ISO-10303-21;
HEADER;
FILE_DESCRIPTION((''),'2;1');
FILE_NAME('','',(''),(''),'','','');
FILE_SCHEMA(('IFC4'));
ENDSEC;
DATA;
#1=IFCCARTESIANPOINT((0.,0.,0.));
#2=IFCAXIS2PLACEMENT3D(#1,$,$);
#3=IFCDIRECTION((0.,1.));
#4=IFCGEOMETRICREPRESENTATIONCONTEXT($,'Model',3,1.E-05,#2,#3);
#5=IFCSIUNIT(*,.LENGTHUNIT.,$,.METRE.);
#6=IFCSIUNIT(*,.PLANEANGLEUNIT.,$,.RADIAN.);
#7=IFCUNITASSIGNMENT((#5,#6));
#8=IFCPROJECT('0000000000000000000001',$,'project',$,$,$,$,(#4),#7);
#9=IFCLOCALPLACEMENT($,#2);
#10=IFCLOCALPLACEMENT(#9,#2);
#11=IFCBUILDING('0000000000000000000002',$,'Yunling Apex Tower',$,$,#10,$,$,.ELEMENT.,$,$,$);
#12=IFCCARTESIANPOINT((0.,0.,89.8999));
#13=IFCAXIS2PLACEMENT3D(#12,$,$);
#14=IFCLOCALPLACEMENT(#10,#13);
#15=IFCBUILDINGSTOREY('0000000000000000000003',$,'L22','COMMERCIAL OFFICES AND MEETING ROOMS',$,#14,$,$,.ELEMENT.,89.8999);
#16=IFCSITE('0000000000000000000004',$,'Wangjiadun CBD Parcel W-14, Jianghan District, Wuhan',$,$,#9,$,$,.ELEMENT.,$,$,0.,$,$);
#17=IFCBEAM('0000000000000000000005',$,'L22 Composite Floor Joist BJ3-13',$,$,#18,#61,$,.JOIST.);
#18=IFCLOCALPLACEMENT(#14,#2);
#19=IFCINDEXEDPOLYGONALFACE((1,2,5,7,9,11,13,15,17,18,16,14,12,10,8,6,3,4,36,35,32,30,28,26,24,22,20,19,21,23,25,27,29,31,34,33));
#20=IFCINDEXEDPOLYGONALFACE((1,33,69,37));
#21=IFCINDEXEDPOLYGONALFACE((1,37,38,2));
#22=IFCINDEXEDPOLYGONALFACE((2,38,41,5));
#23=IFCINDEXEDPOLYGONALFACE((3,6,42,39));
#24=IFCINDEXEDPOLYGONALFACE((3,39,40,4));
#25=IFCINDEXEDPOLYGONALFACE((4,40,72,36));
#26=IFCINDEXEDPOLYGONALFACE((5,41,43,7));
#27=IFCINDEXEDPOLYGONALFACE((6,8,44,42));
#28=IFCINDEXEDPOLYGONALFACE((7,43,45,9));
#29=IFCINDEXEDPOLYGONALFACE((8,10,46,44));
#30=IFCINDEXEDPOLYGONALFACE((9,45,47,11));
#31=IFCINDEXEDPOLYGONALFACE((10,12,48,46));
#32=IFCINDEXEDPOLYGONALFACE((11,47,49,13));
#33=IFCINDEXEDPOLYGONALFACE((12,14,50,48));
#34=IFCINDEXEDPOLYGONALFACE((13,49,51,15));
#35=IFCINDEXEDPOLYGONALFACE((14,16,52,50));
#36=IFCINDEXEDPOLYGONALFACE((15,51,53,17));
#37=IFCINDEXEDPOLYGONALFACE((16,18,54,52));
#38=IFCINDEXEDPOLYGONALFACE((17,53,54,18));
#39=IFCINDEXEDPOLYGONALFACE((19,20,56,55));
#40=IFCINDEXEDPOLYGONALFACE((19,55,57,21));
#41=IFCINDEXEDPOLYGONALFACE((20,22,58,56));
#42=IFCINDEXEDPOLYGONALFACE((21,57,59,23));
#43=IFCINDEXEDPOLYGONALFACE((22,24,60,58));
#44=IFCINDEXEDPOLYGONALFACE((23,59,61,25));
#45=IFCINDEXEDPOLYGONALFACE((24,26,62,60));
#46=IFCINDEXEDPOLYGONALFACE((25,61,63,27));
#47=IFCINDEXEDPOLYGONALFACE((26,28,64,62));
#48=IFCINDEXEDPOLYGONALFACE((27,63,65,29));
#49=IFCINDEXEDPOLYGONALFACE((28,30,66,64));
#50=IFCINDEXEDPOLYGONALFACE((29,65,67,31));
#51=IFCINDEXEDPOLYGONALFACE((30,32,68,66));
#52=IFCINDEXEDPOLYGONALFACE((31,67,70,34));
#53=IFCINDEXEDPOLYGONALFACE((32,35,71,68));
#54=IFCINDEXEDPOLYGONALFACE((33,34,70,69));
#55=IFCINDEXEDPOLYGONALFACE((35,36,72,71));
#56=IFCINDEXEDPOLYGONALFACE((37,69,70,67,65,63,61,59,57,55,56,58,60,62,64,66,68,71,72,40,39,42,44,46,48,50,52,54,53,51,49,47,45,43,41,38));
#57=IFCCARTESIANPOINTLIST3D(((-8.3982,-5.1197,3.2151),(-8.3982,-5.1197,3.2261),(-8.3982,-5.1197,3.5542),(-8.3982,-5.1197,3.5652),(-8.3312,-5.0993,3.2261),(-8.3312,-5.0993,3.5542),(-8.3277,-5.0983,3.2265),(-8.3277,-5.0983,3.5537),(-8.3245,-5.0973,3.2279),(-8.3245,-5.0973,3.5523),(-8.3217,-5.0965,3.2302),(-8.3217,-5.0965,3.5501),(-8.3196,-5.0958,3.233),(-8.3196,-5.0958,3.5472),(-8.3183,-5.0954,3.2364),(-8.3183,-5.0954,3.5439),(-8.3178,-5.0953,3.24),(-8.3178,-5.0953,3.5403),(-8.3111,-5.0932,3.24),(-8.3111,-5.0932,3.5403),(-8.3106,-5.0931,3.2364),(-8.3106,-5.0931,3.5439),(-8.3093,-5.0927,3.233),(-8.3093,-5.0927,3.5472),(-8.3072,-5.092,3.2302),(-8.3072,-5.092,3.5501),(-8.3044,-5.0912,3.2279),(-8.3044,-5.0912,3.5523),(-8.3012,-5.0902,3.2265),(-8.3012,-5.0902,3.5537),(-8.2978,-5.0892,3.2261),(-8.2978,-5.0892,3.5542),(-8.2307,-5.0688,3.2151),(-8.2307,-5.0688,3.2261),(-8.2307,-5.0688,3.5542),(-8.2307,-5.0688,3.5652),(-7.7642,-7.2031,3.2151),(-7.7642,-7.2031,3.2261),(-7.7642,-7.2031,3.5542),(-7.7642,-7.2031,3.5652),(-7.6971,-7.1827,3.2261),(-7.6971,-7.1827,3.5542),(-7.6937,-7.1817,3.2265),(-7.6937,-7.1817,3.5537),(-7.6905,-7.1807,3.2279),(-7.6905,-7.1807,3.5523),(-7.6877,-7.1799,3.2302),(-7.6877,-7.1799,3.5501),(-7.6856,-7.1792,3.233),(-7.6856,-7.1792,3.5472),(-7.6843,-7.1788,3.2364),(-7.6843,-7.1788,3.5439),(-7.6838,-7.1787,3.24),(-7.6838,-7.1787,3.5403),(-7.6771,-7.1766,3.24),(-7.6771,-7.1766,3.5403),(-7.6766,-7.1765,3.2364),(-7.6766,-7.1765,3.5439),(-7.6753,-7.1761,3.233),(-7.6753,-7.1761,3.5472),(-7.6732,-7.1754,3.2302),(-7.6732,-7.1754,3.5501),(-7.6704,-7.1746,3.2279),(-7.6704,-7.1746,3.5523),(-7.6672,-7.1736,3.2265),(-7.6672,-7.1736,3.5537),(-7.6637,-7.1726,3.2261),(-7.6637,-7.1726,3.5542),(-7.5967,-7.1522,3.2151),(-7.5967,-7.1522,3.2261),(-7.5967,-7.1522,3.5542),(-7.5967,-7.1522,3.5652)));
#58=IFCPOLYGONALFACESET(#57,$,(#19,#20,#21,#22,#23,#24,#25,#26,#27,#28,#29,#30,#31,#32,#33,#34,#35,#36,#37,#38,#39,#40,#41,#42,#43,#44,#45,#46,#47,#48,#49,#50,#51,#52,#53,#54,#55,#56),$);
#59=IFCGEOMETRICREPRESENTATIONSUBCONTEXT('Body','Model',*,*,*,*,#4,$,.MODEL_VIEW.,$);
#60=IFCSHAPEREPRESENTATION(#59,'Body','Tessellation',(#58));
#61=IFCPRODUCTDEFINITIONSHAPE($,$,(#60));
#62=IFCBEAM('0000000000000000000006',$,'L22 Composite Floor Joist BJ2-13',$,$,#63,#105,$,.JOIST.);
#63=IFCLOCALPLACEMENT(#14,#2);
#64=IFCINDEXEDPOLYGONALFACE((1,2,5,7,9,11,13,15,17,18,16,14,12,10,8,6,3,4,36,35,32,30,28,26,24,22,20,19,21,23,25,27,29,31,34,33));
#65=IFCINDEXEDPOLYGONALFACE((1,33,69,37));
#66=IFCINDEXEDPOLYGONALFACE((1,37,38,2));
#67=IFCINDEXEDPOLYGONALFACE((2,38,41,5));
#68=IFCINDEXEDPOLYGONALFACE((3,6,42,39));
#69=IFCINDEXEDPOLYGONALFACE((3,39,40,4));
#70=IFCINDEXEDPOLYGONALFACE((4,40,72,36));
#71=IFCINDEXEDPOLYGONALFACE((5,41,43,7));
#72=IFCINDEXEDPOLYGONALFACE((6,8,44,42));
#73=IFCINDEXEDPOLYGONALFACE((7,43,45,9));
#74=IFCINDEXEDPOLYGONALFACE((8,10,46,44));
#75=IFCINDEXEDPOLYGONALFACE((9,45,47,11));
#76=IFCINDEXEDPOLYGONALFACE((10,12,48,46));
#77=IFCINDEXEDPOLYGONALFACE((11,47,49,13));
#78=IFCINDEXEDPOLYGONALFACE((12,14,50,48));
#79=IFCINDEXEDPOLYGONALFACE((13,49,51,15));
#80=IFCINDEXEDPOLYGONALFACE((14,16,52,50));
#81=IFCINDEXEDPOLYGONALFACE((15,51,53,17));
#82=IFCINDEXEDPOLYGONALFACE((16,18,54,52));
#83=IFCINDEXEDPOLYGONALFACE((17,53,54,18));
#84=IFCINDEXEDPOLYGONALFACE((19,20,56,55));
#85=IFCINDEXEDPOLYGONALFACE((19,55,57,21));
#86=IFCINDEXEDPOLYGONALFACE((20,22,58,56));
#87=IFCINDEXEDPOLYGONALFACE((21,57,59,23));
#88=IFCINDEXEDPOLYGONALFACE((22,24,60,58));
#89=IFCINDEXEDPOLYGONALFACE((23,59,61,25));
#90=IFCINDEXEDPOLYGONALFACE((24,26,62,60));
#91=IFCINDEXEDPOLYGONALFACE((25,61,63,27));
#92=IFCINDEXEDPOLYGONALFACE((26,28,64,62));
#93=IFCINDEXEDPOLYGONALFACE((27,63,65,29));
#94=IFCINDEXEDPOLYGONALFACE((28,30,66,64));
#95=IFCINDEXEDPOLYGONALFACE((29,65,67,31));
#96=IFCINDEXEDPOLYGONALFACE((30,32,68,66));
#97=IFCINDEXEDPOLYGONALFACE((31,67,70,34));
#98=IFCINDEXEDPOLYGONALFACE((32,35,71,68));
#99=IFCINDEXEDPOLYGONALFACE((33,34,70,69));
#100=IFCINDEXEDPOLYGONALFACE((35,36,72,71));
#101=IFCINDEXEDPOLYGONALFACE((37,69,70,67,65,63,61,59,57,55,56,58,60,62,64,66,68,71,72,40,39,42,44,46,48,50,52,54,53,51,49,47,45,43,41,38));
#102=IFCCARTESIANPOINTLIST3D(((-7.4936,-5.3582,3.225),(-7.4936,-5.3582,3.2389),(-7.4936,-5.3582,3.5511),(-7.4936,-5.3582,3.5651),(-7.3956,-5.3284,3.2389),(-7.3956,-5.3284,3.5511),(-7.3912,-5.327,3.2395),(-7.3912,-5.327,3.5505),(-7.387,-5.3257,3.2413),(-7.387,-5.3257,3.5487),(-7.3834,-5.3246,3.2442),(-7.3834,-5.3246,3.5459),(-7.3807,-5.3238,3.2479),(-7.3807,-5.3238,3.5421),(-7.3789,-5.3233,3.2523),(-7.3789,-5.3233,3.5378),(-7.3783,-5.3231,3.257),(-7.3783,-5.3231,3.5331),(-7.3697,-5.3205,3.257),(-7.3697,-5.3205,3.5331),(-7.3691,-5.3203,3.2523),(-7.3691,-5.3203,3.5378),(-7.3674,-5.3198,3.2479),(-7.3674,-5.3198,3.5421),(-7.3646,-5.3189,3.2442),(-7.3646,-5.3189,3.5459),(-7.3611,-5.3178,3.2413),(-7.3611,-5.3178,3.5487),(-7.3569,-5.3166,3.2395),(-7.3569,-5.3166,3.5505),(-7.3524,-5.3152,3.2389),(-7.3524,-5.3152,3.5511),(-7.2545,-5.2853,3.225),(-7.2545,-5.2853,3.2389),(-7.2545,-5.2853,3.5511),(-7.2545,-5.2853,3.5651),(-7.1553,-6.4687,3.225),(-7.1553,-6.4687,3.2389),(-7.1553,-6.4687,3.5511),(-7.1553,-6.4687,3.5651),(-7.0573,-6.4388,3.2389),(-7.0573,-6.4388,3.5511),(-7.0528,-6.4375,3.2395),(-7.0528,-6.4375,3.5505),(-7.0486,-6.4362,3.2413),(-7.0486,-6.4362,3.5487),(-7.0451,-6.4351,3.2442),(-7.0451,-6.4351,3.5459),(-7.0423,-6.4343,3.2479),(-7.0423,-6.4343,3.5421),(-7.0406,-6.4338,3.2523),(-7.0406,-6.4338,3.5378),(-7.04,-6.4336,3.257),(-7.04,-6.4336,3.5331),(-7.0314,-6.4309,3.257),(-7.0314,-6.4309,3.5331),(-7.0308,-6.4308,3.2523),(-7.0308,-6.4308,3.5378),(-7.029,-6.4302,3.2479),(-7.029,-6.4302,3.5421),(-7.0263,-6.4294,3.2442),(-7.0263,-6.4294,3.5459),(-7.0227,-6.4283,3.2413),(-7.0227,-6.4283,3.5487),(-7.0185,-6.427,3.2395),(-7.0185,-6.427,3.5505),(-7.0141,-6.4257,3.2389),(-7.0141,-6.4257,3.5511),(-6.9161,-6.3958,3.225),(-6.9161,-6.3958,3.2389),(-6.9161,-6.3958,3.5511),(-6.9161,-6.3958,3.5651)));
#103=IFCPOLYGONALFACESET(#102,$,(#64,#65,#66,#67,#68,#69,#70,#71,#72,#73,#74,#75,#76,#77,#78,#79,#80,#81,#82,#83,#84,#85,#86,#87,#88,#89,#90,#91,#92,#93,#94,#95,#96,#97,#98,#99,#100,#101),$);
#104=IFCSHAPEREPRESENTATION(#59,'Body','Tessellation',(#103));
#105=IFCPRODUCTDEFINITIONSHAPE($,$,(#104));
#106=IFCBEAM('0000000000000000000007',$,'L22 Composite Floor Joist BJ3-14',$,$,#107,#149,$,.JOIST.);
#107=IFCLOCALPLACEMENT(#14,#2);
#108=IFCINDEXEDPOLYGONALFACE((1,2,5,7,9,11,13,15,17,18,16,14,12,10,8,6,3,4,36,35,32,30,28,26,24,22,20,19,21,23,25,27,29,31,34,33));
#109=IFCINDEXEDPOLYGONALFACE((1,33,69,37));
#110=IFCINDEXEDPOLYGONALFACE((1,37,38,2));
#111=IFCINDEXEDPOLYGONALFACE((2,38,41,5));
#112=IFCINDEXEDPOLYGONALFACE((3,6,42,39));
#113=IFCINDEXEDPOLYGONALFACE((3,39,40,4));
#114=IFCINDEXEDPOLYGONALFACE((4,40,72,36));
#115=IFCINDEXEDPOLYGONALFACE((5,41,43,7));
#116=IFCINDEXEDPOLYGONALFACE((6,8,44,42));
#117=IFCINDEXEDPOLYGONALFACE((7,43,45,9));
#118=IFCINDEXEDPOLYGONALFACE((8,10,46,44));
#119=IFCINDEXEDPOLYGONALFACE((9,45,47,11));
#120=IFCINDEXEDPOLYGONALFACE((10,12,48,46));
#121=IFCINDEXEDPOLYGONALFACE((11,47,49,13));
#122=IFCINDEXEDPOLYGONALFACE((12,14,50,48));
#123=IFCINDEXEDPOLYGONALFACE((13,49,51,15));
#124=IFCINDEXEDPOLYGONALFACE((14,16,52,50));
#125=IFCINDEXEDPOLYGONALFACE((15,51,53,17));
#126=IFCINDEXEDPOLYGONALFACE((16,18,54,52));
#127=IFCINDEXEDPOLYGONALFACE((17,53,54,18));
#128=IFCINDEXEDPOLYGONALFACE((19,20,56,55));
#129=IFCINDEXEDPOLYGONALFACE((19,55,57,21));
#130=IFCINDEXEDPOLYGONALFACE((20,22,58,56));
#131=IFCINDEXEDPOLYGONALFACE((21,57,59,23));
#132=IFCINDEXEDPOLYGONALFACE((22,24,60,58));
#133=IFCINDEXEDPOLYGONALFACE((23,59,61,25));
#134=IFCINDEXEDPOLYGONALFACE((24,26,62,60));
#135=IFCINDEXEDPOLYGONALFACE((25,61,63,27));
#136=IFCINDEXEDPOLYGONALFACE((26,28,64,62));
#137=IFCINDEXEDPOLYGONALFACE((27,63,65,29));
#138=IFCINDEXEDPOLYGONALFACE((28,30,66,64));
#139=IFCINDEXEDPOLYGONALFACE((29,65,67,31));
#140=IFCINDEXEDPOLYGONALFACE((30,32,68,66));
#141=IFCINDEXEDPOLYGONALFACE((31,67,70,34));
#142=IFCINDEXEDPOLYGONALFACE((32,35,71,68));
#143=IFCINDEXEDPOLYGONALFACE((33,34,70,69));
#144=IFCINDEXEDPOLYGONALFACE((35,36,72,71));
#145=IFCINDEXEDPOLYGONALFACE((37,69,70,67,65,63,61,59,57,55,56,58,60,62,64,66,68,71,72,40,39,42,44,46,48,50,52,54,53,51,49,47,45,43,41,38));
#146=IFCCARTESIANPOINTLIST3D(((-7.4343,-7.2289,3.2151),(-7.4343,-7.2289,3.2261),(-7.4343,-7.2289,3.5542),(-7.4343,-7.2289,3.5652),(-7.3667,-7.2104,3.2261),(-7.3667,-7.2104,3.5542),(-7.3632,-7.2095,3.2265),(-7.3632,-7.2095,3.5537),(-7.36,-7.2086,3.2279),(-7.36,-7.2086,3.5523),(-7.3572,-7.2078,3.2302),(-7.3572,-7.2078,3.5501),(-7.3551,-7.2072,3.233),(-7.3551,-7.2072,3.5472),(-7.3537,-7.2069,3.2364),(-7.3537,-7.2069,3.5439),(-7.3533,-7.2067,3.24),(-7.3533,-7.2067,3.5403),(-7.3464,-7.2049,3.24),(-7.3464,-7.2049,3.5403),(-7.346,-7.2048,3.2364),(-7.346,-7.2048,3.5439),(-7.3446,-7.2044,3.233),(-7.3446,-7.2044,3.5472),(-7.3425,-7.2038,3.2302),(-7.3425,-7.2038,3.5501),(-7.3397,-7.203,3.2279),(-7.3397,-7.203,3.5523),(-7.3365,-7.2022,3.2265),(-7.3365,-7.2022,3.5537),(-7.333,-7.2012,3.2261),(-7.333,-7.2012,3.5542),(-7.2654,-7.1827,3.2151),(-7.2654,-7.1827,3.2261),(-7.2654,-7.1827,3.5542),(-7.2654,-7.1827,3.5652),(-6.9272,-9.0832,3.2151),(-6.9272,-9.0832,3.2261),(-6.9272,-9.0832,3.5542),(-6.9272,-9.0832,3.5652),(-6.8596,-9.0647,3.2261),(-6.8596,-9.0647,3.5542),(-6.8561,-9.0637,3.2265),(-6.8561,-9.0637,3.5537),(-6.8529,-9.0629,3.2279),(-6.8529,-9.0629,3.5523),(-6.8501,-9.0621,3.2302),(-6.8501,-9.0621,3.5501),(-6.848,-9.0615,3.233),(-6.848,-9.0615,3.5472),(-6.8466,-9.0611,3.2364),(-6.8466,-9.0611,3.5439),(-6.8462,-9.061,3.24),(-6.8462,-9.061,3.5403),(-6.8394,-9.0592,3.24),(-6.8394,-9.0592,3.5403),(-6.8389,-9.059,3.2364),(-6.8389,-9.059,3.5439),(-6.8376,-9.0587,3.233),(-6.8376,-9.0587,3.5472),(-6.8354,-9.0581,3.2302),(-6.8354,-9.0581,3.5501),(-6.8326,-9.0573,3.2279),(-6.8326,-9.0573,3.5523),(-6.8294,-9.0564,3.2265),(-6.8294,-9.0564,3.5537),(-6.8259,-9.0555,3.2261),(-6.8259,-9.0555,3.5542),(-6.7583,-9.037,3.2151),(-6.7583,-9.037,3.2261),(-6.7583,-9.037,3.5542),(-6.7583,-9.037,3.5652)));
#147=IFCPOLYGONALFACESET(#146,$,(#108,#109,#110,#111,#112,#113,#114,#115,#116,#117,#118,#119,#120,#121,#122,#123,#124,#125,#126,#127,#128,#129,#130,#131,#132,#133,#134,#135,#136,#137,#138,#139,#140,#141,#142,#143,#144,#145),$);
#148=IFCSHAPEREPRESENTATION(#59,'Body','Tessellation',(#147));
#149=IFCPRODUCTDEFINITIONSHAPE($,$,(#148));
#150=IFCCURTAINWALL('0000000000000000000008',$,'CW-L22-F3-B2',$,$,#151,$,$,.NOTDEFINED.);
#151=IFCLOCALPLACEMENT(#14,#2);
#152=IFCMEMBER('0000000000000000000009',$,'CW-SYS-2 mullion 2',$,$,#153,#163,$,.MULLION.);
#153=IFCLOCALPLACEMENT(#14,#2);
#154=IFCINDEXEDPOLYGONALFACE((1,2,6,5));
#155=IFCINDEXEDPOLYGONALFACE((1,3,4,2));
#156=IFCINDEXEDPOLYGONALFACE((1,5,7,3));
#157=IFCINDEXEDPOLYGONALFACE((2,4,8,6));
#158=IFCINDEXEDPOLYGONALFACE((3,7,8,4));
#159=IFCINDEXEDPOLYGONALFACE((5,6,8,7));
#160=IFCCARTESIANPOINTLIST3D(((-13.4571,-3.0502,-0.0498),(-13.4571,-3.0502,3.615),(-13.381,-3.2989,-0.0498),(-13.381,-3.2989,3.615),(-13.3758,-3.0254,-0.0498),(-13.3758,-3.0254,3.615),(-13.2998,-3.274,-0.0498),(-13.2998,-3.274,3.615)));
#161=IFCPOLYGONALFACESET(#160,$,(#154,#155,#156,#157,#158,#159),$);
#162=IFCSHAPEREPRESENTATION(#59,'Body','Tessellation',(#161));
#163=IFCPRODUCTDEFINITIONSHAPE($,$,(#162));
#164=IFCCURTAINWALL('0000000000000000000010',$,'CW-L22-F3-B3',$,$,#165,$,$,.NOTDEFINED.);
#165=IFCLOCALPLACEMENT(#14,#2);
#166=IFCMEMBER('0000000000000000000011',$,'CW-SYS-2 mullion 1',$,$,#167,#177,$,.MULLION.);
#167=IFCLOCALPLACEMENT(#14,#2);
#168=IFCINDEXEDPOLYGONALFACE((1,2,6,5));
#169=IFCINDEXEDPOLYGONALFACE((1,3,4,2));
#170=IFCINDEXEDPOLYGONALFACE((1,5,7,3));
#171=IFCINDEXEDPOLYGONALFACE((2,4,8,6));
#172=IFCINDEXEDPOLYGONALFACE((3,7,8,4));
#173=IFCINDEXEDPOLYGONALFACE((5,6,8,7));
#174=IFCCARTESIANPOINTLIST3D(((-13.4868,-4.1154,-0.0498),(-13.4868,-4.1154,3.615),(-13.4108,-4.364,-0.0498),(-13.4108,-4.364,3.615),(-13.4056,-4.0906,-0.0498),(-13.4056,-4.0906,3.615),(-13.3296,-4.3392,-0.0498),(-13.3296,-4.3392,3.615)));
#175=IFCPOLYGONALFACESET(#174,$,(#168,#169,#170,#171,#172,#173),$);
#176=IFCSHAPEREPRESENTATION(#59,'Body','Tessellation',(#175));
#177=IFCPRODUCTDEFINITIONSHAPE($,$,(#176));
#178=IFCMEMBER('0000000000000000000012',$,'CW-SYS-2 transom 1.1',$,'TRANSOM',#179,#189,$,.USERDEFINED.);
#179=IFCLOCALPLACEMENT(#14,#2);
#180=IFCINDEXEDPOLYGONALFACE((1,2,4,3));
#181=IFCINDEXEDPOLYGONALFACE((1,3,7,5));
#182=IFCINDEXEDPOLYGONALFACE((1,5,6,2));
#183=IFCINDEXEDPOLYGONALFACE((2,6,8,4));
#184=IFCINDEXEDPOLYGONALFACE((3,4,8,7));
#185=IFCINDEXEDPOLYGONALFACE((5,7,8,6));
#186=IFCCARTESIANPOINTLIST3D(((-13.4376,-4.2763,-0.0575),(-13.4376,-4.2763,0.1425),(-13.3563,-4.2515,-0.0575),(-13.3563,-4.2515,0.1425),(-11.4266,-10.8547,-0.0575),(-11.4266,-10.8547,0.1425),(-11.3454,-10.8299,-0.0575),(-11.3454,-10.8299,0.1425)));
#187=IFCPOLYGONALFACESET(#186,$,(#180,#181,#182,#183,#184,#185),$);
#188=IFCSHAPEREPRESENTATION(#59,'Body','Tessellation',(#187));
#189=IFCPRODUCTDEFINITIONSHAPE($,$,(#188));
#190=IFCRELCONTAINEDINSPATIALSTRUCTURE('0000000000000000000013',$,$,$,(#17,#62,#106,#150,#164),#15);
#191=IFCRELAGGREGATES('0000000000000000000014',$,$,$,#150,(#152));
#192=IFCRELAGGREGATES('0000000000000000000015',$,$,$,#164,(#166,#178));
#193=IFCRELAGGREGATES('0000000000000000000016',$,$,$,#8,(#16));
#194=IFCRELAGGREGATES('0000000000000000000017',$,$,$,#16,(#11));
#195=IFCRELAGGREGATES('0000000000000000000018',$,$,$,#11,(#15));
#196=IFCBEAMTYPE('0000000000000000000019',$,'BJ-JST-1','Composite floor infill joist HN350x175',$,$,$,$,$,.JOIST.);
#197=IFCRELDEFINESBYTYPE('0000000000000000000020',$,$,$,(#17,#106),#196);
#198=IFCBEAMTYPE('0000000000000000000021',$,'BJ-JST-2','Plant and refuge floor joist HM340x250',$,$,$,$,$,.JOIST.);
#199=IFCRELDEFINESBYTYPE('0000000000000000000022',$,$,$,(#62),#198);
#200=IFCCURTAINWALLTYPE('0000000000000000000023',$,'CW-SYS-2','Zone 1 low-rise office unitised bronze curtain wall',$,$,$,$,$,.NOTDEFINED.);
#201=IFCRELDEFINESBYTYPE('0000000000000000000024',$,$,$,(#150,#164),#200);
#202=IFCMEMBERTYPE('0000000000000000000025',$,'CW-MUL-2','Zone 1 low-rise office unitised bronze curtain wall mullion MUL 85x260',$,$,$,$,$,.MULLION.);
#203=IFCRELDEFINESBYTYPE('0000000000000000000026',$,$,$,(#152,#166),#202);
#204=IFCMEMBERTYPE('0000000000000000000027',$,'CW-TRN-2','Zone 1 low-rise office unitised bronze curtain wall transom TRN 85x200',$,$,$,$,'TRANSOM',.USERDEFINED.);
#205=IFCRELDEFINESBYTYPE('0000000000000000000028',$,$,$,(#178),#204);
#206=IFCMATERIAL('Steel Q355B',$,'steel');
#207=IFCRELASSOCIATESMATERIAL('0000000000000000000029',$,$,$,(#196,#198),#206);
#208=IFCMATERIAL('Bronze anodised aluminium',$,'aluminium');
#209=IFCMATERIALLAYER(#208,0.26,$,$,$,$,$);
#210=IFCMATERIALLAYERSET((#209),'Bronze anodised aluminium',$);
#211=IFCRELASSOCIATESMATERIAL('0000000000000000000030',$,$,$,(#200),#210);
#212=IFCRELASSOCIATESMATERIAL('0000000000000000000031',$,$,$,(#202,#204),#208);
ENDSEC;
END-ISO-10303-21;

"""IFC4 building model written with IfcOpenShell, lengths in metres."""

from ifc_helpers import new_model, si_unit, direction, frame, origin, origin_2d, place, context, subcontext, project, spatial, rectangle, i_section, extrude, source, transform, mapped, material, layer, layer_set, material_profile, profile_set, type_object, element, aggregate, save


model = new_model("IFC4")

# Units and contexts
model_context = context("Model", 3, precision=1e-05, world=origin(), true_north=direction((0.0, 1.0)))
body_context = subcontext(model_context, "Body", "Model", "MODEL_VIEW")
ifc_project = project(units=[si_unit("LENGTHUNIT", "METRE"), si_unit("PLANEANGLEUNIT", "RADIAN")], contexts=[model_context])

# Site, building, storey
site_placement = place(None, origin())
site = spatial("IfcSite", under=ifc_project, at=site_placement, Name="Wangjiadun CBD Parcel W-14, Jianghan District, Wuhan", CompositionType="ELEMENT", RefElevation=0.0)
building_placement = place(site_placement, origin())
building = spatial("IfcBuilding", under=site, at=building_placement, Name="Yunling Apex Tower", CompositionType="ELEMENT")
storey_placement = place(building_placement, frame((0.0, 0.0, 89.8999)))
storey = spatial("IfcBuildingStorey", under=building, at=storey_placement, Name="L22", Description="COMMERCIAL OFFICES AND MEETING ROOMS", CompositionType="ELEMENT", Elevation=89.8999)

# Beams
ifc_material_1 = material(Name="Steel Q355B", Category="steel")
ifc_material_profile_1 = material_profile(ifc_material_1, i_section(OverallWidth=0.175, OverallDepth=0.3501, WebThickness=0.0071, FlangeThickness=0.011, FilletRadius=0.0139, at=origin_2d()))
ifc_profile_set_1 = profile_set([ifc_material_profile_1], Name="Steel Q355B")
beam_type_1 = type_object("IfcBeamType", Name="BJ-JST-1", Description="Composite floor infill joist HN350x175", PredefinedType="JOIST", material=ifc_profile_set_1)
shared_shape_1 = source(origin(), body_context, "Body", "SweptSolid", [
    extrude(i_section(OverallWidth=0.175, OverallDepth=0.3501, WebThickness=0.0071, FlangeThickness=0.011, FilletRadius=0.0139, at=origin_2d()), origin(), (0.0, 0.0, 1.0), 2.1777),
])
beam_1_placement = place(storey_placement, frame((-8.3145, -5.0942, 3.3901), z_axis=(0.29113, -0.956683, 0.0), x_axis=(0.956683, 0.29113, 0.0)))
element("IfcBeam", 1, at=beam_1_placement, inside=storey, type_object=beam_type_1, Name="L22 Composite Floor Joist BJ3-13", PredefinedType="JOIST", context=body_context, shape_type="MappedRepresentation", body=[
    mapped(shared_shape_1, transform((0.0, 0.0, 0.0), scale=1.0)),
])
ifc_material_profile_2 = material_profile(ifc_material_1, i_section(OverallWidth=0.25, OverallDepth=0.3401, WebThickness=0.009, FlangeThickness=0.0139, FilletRadius=0.0181, at=origin_2d()))
ifc_profile_set_2 = profile_set([ifc_material_profile_2], Name="Steel Q355B")
beam_type_2 = type_object("IfcBeamType", Name="BJ-JST-2", Description="Plant and refuge floor joist HM340x250", PredefinedType="JOIST", material=ifc_profile_set_2)
shared_shape_2 = source(origin(), body_context, "Body", "SweptSolid", [
    extrude(i_section(OverallWidth=0.25, OverallDepth=0.3401, WebThickness=0.009, FlangeThickness=0.0139, FilletRadius=0.0181, at=origin_2d()), origin(), (0.0, 0.0, 1.0), 1.1609),
])
beam_2_placement = place(storey_placement, frame((-7.374, -5.3218, 3.395), z_axis=(0.291454, -0.956585, 0.0), x_axis=(0.956585, 0.291454, 0.0)))
element("IfcBeam", 2, at=beam_2_placement, inside=storey, type_object=beam_type_2, Name="L22 Composite Floor Joist BJ2-13", PredefinedType="JOIST", context=body_context, shape_type="MappedRepresentation", body=[
    mapped(shared_shape_2, transform((0.0, 0.0, 0.0), scale=1.0)),
])
shared_shape_3 = source(origin(), body_context, "Body", "SweptSolid", [
    extrude(i_section(OverallWidth=0.175, OverallDepth=0.3501, WebThickness=0.0071, FlangeThickness=0.011, FilletRadius=0.0139, at=origin_2d()), origin(), (0.0, 0.0, 1.0), 1.9224),
])
beam_3_placement = place(storey_placement, frame((-7.3499, -7.2058, 3.3901), z_axis=(0.263784, -0.964582, 0.0), x_axis=(0.964582, 0.263784, 0.0)))
element("IfcBeam", 3, at=beam_3_placement, inside=storey, type_object=beam_type_1, Name="L22 Composite Floor Joist BJ3-14", PredefinedType="JOIST", context=body_context, shape_type="MappedRepresentation", body=[
    mapped(shared_shape_3, transform((0.0, 0.0, 0.0), scale=1.0)),
])

# Curtain wall, member
ifc_material_2 = material(Name="Bronze anodised aluminium", Category="aluminium")
ifc_layer_1 = layer(ifc_material_2, 0.26)
ifc_layer_set_1 = layer_set([ifc_layer_1], Name="Bronze anodised aluminium")
curtain_wall_type = type_object("IfcCurtainWallType", Name="CW-SYS-2", Description="Zone 1 low-rise office unitised bronze curtain wall", PredefinedType="NOTDEFINED", material=ifc_layer_set_1)
curtain_wall_1_placement = place(storey_placement, origin())
curtain_wall_1 = element("IfcCurtainWall", 4, at=curtain_wall_1_placement, inside=storey, type_object=curtain_wall_type, Name="CW-L22-F3-B2", PredefinedType="NOTDEFINED")
ifc_material_profile_3 = material_profile(ifc_material_2, rectangle(XDim=0.085, YDim=0.26, at=origin_2d()))
ifc_profile_set_3 = profile_set([ifc_material_profile_3], Name="Bronze anodised aluminium")
member_type_1 = type_object("IfcMemberType", Name="CW-MUL-2", Description="Zone 1 low-rise office unitised bronze curtain wall mullion MUL 85x260", PredefinedType="MULLION", material=ifc_profile_set_3)
shared_shape_4 = source(origin(), body_context, "Body", "SweptSolid", [
    extrude(rectangle(XDim=0.085, YDim=0.26, at=origin_2d()), origin(), (0.0, 0.0, 1.0), 3.6648),
])
member_1_placement = place(storey_placement, frame((-13.3784, -3.1621, -0.0498), z_axis=(0.0, 0.0, 1.0), x_axis=(0.956307, 0.292364, 0.0)))
member_1 = element("IfcMember", 5, at=member_1_placement, type_object=member_type_1, Name="CW-SYS-2 mullion 2", PredefinedType="MULLION", context=body_context, shape_type="MappedRepresentation", body=[
    mapped(shared_shape_4, transform((0.0, 0.0, 0.0), scale=1.0)),
])
aggregate(curtain_wall_1, [member_1])

# Curtain wall, members
curtain_wall_2_placement = place(storey_placement, origin())
curtain_wall_2 = element("IfcCurtainWall", 6, at=curtain_wall_2_placement, inside=storey, type_object=curtain_wall_type, Name="CW-L22-F3-B3", PredefinedType="NOTDEFINED")
member_2_placement = place(storey_placement, frame((-13.4082, -4.2273, -0.0498), z_axis=(0.0, 0.0, 1.0), x_axis=(0.956304, 0.292373, 0.0)))
member_2 = element("IfcMember", 7, at=member_2_placement, type_object=member_type_1, Name="CW-SYS-2 mullion 1", PredefinedType="MULLION", context=body_context, shape_type="MappedRepresentation", body=[
    mapped(shared_shape_4, transform((0.0, 0.0, 0.0), scale=1.0)),
])
ifc_material_profile_4 = material_profile(ifc_material_2, rectangle(XDim=0.085, YDim=0.2, at=origin_2d()))
ifc_profile_set_4 = profile_set([ifc_material_profile_4], Name="Bronze anodised aluminium")
member_type_2 = type_object("IfcMemberType", Name="CW-TRN-2", Description="Zone 1 low-rise office unitised bronze curtain wall transom TRN 85x200", ElementType="TRANSOM", PredefinedType="USERDEFINED", material=ifc_profile_set_4)
shared_shape_5 = source(origin(), body_context, "Body", "SweptSolid", [
    extrude(rectangle(XDim=0.085, YDim=0.2, at=origin_2d()), origin(), (0.0, 0.0, 1.0), 6.8789),
])
member_3_placement = place(storey_placement, frame((-13.397, -4.2639, 0.0425), z_axis=(0.292342, -0.956314, 0.0), x_axis=(0.956314, 0.292342, 0.0)))
member_3 = element("IfcMember", 8, at=member_3_placement, type_object=member_type_2, Name="CW-SYS-2 transom 1.1", ObjectType="TRANSOM", PredefinedType="USERDEFINED", context=body_context, shape_type="MappedRepresentation", body=[
    mapped(shared_shape_5, transform((0.0, 0.0, 0.0), scale=1.0)),
])
aggregate(curtain_wall_2, [member_2, member_3])

save(model, "model.ifc")
